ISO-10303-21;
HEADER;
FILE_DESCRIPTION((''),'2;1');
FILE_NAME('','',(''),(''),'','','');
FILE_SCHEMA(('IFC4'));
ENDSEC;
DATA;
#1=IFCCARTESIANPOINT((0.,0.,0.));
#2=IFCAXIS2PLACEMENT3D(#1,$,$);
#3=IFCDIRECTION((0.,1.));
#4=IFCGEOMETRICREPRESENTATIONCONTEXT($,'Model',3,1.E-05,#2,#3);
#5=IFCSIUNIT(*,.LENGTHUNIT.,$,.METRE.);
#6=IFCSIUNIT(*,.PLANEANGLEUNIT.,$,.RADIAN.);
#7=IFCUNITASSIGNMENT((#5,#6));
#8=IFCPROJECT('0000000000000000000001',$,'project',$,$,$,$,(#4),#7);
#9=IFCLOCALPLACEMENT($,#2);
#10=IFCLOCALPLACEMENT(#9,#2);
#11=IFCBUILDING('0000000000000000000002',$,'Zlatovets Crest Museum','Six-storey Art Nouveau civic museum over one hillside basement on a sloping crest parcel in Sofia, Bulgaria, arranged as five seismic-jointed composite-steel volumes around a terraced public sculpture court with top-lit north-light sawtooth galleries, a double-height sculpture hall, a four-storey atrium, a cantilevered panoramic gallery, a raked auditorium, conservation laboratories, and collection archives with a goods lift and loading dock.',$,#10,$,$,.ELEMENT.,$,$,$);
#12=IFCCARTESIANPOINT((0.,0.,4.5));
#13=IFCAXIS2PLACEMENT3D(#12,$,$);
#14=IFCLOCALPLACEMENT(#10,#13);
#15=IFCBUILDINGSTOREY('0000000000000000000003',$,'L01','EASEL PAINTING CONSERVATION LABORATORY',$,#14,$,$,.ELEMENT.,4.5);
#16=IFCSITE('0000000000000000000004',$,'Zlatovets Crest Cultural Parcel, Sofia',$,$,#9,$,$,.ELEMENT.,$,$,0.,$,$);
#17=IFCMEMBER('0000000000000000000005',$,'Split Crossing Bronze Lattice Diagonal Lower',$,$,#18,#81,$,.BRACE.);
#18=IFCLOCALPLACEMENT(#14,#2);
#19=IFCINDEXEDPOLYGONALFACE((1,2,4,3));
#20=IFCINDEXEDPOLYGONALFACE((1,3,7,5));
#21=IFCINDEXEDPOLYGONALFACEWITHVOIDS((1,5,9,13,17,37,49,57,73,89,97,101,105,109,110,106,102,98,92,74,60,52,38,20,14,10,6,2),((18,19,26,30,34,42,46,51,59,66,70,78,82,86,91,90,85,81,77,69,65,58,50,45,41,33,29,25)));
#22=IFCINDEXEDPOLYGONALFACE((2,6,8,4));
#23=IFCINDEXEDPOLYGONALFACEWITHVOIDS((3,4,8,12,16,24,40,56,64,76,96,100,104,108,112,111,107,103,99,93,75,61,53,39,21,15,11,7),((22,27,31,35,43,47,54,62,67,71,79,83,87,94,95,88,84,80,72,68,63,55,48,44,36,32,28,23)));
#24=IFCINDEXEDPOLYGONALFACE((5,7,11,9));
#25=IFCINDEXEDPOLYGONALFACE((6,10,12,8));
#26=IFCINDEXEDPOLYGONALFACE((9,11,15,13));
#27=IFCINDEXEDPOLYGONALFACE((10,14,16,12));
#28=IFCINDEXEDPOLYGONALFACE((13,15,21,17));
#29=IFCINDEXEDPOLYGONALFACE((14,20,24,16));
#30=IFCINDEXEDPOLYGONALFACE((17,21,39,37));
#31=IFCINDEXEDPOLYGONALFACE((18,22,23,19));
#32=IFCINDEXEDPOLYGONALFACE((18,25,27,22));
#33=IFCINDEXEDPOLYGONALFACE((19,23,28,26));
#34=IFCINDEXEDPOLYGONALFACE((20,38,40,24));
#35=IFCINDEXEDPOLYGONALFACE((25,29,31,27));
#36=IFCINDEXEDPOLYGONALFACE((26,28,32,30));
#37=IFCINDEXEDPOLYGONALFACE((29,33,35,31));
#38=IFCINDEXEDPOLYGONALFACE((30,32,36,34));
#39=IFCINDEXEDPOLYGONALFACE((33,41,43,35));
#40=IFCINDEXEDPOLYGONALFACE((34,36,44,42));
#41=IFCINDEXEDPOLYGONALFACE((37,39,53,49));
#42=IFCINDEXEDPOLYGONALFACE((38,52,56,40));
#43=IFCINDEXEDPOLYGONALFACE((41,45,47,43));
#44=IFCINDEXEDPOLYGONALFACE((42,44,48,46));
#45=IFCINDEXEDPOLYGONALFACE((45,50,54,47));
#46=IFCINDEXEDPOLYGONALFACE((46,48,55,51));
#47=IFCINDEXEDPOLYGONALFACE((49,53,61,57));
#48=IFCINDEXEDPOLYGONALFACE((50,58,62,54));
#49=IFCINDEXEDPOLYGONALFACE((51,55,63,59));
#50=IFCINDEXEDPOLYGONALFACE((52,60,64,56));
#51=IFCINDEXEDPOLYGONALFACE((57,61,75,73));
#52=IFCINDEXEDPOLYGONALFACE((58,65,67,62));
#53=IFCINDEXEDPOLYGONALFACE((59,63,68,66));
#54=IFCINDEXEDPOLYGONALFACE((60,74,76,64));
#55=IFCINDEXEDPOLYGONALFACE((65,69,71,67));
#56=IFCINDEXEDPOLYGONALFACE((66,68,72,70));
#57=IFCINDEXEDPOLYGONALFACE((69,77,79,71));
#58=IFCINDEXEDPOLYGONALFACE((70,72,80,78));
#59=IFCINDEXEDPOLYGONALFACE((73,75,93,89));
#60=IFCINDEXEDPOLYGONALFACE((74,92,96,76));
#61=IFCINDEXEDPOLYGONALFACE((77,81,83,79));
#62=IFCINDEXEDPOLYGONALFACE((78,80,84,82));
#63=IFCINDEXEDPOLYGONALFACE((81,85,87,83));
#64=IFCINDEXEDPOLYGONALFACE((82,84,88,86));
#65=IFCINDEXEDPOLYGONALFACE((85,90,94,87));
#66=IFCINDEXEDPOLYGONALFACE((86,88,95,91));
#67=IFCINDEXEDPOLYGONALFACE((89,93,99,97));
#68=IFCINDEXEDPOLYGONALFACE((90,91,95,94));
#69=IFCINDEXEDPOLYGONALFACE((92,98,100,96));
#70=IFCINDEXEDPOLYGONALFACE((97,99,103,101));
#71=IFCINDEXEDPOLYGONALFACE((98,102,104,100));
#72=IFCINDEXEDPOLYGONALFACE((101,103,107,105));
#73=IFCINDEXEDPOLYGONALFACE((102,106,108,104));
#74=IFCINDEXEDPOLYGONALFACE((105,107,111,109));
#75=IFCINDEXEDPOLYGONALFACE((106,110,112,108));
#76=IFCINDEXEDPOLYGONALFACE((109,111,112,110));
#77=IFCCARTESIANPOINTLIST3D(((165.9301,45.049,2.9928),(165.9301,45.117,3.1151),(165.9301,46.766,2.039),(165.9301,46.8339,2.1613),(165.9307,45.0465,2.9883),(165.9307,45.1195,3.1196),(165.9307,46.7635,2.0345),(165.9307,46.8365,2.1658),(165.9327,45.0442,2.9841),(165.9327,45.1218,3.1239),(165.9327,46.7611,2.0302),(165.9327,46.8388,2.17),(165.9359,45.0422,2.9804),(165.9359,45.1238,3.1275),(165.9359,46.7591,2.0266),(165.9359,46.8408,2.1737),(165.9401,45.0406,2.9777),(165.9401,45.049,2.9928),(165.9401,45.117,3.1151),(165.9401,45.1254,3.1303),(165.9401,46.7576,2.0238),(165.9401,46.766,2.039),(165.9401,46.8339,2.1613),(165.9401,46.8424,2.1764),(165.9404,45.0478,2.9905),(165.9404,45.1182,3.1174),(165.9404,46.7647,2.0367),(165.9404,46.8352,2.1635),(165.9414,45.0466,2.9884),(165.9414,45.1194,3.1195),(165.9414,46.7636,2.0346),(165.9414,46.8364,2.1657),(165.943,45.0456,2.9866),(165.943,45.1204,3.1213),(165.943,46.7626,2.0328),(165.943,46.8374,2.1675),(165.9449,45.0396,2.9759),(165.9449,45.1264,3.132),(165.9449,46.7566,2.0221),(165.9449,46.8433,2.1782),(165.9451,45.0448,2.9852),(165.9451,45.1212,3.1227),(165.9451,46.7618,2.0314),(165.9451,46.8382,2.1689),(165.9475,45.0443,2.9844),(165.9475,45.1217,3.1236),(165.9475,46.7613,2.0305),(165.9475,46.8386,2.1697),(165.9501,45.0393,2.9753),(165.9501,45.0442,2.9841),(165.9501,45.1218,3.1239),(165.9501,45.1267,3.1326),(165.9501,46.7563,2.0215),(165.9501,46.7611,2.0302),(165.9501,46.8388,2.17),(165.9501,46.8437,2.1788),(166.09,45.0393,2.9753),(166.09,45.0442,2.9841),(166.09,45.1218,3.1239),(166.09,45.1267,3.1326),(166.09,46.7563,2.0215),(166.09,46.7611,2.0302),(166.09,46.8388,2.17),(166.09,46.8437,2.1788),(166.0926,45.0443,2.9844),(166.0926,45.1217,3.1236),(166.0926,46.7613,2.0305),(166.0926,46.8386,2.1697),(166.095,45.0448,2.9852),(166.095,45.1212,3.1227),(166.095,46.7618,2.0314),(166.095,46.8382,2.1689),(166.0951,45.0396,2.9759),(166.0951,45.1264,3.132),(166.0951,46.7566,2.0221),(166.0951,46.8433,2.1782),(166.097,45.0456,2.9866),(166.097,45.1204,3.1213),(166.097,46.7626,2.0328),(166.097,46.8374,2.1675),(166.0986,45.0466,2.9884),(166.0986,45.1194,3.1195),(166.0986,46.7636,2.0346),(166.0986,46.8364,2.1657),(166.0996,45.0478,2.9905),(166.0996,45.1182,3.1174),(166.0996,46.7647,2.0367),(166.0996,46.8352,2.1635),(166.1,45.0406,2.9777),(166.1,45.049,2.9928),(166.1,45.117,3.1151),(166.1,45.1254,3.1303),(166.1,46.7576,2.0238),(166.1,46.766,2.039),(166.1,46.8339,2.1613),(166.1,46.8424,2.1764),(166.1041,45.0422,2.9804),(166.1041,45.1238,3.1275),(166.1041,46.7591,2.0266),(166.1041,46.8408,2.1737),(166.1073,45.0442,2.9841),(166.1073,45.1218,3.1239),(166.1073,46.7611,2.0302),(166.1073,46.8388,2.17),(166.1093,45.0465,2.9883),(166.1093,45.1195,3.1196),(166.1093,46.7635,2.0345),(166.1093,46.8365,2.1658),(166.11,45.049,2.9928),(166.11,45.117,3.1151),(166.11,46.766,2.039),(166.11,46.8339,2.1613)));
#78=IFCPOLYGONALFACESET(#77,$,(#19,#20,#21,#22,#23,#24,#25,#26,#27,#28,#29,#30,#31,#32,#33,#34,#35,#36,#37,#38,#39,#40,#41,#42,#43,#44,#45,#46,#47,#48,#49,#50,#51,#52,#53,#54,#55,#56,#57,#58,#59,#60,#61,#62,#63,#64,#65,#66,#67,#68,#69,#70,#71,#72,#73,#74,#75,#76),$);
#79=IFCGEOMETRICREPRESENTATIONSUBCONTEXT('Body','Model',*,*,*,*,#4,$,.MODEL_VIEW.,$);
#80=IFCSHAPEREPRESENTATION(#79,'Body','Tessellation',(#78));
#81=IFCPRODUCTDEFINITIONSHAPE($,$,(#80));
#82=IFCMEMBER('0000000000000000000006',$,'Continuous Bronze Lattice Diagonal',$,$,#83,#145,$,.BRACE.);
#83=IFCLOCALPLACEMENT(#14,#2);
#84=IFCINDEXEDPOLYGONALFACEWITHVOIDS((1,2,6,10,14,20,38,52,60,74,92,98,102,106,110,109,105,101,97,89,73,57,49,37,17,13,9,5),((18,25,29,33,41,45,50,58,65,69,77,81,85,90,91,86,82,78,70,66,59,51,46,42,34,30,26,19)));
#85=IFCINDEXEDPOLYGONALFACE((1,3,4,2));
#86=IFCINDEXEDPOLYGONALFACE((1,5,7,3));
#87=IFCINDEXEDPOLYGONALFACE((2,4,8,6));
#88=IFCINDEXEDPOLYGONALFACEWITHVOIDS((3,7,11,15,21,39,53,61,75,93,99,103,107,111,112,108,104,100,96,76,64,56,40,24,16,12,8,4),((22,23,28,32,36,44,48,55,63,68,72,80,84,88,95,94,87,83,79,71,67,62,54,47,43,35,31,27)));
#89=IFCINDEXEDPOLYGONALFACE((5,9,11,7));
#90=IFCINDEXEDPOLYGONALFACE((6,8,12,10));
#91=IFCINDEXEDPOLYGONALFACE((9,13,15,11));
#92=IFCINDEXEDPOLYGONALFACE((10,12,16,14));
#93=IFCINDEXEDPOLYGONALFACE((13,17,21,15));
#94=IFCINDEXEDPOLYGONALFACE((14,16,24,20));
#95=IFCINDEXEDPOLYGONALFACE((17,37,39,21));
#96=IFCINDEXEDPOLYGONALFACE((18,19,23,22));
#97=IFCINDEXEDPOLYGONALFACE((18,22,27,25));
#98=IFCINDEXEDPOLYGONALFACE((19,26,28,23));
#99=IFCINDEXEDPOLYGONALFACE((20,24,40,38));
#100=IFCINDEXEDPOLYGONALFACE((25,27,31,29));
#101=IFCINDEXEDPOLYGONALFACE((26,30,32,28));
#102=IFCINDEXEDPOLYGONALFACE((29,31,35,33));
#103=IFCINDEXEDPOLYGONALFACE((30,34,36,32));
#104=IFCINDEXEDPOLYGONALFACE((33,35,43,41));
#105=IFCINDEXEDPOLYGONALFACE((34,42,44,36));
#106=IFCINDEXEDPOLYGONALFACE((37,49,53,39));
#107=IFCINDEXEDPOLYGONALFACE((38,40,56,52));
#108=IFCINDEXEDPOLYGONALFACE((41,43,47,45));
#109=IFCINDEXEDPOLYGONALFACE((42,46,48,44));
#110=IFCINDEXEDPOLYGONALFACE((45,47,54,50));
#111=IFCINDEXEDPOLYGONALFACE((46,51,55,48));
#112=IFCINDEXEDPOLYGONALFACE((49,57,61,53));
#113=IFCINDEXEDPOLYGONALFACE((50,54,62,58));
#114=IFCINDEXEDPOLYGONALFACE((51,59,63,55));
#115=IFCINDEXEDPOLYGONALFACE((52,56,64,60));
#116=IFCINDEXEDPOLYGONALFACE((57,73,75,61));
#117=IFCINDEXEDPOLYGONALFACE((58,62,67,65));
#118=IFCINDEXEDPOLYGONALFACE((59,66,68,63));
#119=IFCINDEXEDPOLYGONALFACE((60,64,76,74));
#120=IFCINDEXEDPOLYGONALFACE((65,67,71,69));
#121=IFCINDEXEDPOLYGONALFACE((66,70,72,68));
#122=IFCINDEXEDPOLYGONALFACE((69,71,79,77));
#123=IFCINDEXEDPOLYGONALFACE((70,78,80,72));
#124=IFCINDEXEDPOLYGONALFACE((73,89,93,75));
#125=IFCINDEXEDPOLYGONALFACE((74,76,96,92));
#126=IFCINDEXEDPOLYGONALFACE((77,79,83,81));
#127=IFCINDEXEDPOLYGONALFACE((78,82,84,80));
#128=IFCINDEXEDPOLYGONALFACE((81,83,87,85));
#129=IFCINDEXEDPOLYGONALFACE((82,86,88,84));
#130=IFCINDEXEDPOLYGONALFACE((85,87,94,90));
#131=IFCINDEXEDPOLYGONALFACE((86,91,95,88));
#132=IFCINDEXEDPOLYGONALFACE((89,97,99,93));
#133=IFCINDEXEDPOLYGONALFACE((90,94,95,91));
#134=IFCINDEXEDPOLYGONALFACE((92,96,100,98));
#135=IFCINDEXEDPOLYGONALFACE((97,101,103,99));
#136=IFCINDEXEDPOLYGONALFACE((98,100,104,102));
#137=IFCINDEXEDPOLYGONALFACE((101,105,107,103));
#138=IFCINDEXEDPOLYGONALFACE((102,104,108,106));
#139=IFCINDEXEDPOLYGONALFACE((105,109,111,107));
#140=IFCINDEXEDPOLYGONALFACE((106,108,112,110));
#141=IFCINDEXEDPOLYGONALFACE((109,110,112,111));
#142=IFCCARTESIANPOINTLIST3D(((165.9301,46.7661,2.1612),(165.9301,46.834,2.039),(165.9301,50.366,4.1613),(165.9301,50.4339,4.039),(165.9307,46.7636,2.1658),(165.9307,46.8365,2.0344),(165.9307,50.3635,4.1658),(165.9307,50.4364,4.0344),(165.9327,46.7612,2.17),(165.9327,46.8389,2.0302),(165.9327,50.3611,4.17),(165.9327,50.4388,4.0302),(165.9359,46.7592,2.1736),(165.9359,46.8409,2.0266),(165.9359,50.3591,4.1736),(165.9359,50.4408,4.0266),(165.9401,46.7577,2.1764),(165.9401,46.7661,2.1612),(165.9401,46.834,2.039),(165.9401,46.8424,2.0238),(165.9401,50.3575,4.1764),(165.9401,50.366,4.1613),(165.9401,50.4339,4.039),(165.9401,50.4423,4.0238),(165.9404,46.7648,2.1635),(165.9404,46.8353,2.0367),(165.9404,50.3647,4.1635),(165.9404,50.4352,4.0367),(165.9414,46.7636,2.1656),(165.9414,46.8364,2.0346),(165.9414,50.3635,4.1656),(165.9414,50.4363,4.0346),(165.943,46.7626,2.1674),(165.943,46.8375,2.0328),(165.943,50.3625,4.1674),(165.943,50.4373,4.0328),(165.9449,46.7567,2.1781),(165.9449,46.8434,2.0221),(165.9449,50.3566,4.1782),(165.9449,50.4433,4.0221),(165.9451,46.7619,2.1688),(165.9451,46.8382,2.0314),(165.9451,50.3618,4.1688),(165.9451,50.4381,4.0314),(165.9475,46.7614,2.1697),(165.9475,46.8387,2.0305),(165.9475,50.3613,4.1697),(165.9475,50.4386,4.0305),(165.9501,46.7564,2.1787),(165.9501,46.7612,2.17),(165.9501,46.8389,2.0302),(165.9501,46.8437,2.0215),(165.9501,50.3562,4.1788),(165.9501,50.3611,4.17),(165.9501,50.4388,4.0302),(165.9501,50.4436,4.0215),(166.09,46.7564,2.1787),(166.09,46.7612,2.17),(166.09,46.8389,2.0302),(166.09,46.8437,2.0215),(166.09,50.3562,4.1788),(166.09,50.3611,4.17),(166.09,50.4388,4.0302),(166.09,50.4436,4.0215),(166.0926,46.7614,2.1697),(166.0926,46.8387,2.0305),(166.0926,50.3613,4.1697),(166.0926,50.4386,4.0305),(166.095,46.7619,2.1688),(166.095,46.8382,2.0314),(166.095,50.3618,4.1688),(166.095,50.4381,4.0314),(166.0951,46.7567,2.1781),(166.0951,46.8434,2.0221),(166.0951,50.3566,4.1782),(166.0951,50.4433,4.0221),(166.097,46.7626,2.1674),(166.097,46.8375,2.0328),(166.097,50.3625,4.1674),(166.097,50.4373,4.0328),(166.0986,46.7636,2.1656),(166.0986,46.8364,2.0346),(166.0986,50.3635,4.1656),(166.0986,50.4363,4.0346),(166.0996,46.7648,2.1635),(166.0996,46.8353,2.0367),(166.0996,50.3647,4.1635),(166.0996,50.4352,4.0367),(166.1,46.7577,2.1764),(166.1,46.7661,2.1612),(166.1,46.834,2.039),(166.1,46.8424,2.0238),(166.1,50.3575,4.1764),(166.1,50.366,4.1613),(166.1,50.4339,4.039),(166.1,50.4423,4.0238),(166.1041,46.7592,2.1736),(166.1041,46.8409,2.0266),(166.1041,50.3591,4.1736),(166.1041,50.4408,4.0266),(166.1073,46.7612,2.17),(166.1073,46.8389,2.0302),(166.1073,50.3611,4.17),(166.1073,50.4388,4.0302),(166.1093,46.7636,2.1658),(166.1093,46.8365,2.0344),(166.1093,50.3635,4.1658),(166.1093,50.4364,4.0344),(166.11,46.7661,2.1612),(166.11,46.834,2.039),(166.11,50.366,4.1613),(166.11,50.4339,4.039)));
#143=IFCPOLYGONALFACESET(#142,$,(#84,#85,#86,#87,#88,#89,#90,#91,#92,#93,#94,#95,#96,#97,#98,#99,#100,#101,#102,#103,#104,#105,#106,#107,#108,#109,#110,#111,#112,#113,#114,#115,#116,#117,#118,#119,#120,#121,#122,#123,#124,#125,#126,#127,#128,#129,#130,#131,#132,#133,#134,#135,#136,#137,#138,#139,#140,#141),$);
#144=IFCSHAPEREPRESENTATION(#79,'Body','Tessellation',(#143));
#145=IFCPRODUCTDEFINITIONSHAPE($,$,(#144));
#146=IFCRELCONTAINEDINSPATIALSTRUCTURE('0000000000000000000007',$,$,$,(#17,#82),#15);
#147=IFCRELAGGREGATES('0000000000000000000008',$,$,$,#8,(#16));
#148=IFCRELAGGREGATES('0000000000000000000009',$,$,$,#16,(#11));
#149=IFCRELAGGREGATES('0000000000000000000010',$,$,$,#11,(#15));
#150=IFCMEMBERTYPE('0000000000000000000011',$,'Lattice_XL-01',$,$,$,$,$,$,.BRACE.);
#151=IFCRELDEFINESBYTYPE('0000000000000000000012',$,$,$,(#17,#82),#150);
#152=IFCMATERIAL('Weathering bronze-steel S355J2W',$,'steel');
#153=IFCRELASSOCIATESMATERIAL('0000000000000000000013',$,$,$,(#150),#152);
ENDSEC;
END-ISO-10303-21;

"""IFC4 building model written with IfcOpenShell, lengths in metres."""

from ifc_helpers import new_model, si_unit, direction, frame, origin, origin_2d, place, context, subcontext, project, spatial, hollow_rectangle, extrude, material, material_profile, profile_set, type_object, element, save


model = new_model("IFC4")

# Units and contexts
model_context = context("Model", 3, precision=1e-05, world=origin(), true_north=direction((0.0, 1.0)))
body_context = subcontext(model_context, "Body", "Model", "MODEL_VIEW")
ifc_project = project(units=[si_unit("LENGTHUNIT", "METRE"), si_unit("PLANEANGLEUNIT", "RADIAN")], contexts=[model_context])

# Site, building, storey
site_placement = place(None, origin())
site = spatial("IfcSite", under=ifc_project, at=site_placement, Name="Zlatovets Crest Cultural Parcel, Sofia", CompositionType="ELEMENT", RefElevation=0.0)
building_placement = place(site_placement, origin())
building = spatial("IfcBuilding", under=site, at=building_placement, Name="Zlatovets Crest Museum", Description="Six-storey Art Nouveau civic museum over one hillside basement on a sloping crest parcel in Sofia, Bulgaria, arranged as five seismic-jointed composite-steel volumes around a terraced public sculpture court with top-lit north-light sawtooth galleries, a double-height sculpture hall, a four-storey atrium, a cantilevered panoramic gallery, a raked auditorium, conservation laboratories, and collection archives with a goods lift and loading dock.", CompositionType="ELEMENT")
storey_placement = place(building_placement, frame((0.0, 0.0, 4.5)))
storey = spatial("IfcBuildingStorey", under=building, at=storey_placement, Name="L01", Description="EASEL PAINTING CONSERVATION LABORATORY", CompositionType="ELEMENT", Elevation=4.5)

# Members
ifc_material_1 = material(Name="Weathering bronze-steel S355J2W", Category="steel")
ifc_material_profile_1 = material_profile(ifc_material_1, hollow_rectangle(XDim=0.1799, YDim=0.1799, WallThickness=0.01, InnerFilletRadius=0.01, OuterFilletRadius=0.02, at=origin_2d()), Name="SHS 180x180x10.0")
ifc_profile_set_1 = profile_set([ifc_material_profile_1], Name="Weathering bronze-steel S355J2W")
member_type_1 = type_object("IfcMemberType", Name="Lattice_XL-01", PredefinedType="BRACE", material=ifc_profile_set_1)
member_1_placement = place(storey_placement, frame((166.02, 45.083, 3.054), z_axis=(0.0, 0.874169, -0.485622), x_axis=(-1.0, 0.0, 0.0)))
element("IfcMember", 1, at=member_1_placement, inside=storey, type_object=member_type_1, Name="Split Crossing Bronze Lattice Diagonal Lower", PredefinedType="BRACE", context=body_context, shape_type="SweptSolid", body=[
    extrude(hollow_rectangle(XDim=0.1799, YDim=0.1799, WallThickness=0.01, InnerFilletRadius=0.01, OuterFilletRadius=0.02, at=origin_2d()), origin(), (0.0, 0.0, 1.0), 1.9641),
])
member_2_placement = place(storey_placement, frame((166.02, 46.8, 2.1001), z_axis=(0.0, 0.874149, 0.485658), x_axis=(-1.0, 0.0, 0.0)))
element("IfcMember", 2, at=member_2_placement, inside=storey, type_object=member_type_1, Name="Continuous Bronze Lattice Diagonal", PredefinedType="BRACE", context=body_context, shape_type="SweptSolid", body=[
    extrude(hollow_rectangle(XDim=0.1799, YDim=0.1799, WallThickness=0.01, InnerFilletRadius=0.01, OuterFilletRadius=0.02, at=origin_2d()), origin(), (0.0, 0.0, 1.0), 4.1182),
])

save(model, "model.ifc")
